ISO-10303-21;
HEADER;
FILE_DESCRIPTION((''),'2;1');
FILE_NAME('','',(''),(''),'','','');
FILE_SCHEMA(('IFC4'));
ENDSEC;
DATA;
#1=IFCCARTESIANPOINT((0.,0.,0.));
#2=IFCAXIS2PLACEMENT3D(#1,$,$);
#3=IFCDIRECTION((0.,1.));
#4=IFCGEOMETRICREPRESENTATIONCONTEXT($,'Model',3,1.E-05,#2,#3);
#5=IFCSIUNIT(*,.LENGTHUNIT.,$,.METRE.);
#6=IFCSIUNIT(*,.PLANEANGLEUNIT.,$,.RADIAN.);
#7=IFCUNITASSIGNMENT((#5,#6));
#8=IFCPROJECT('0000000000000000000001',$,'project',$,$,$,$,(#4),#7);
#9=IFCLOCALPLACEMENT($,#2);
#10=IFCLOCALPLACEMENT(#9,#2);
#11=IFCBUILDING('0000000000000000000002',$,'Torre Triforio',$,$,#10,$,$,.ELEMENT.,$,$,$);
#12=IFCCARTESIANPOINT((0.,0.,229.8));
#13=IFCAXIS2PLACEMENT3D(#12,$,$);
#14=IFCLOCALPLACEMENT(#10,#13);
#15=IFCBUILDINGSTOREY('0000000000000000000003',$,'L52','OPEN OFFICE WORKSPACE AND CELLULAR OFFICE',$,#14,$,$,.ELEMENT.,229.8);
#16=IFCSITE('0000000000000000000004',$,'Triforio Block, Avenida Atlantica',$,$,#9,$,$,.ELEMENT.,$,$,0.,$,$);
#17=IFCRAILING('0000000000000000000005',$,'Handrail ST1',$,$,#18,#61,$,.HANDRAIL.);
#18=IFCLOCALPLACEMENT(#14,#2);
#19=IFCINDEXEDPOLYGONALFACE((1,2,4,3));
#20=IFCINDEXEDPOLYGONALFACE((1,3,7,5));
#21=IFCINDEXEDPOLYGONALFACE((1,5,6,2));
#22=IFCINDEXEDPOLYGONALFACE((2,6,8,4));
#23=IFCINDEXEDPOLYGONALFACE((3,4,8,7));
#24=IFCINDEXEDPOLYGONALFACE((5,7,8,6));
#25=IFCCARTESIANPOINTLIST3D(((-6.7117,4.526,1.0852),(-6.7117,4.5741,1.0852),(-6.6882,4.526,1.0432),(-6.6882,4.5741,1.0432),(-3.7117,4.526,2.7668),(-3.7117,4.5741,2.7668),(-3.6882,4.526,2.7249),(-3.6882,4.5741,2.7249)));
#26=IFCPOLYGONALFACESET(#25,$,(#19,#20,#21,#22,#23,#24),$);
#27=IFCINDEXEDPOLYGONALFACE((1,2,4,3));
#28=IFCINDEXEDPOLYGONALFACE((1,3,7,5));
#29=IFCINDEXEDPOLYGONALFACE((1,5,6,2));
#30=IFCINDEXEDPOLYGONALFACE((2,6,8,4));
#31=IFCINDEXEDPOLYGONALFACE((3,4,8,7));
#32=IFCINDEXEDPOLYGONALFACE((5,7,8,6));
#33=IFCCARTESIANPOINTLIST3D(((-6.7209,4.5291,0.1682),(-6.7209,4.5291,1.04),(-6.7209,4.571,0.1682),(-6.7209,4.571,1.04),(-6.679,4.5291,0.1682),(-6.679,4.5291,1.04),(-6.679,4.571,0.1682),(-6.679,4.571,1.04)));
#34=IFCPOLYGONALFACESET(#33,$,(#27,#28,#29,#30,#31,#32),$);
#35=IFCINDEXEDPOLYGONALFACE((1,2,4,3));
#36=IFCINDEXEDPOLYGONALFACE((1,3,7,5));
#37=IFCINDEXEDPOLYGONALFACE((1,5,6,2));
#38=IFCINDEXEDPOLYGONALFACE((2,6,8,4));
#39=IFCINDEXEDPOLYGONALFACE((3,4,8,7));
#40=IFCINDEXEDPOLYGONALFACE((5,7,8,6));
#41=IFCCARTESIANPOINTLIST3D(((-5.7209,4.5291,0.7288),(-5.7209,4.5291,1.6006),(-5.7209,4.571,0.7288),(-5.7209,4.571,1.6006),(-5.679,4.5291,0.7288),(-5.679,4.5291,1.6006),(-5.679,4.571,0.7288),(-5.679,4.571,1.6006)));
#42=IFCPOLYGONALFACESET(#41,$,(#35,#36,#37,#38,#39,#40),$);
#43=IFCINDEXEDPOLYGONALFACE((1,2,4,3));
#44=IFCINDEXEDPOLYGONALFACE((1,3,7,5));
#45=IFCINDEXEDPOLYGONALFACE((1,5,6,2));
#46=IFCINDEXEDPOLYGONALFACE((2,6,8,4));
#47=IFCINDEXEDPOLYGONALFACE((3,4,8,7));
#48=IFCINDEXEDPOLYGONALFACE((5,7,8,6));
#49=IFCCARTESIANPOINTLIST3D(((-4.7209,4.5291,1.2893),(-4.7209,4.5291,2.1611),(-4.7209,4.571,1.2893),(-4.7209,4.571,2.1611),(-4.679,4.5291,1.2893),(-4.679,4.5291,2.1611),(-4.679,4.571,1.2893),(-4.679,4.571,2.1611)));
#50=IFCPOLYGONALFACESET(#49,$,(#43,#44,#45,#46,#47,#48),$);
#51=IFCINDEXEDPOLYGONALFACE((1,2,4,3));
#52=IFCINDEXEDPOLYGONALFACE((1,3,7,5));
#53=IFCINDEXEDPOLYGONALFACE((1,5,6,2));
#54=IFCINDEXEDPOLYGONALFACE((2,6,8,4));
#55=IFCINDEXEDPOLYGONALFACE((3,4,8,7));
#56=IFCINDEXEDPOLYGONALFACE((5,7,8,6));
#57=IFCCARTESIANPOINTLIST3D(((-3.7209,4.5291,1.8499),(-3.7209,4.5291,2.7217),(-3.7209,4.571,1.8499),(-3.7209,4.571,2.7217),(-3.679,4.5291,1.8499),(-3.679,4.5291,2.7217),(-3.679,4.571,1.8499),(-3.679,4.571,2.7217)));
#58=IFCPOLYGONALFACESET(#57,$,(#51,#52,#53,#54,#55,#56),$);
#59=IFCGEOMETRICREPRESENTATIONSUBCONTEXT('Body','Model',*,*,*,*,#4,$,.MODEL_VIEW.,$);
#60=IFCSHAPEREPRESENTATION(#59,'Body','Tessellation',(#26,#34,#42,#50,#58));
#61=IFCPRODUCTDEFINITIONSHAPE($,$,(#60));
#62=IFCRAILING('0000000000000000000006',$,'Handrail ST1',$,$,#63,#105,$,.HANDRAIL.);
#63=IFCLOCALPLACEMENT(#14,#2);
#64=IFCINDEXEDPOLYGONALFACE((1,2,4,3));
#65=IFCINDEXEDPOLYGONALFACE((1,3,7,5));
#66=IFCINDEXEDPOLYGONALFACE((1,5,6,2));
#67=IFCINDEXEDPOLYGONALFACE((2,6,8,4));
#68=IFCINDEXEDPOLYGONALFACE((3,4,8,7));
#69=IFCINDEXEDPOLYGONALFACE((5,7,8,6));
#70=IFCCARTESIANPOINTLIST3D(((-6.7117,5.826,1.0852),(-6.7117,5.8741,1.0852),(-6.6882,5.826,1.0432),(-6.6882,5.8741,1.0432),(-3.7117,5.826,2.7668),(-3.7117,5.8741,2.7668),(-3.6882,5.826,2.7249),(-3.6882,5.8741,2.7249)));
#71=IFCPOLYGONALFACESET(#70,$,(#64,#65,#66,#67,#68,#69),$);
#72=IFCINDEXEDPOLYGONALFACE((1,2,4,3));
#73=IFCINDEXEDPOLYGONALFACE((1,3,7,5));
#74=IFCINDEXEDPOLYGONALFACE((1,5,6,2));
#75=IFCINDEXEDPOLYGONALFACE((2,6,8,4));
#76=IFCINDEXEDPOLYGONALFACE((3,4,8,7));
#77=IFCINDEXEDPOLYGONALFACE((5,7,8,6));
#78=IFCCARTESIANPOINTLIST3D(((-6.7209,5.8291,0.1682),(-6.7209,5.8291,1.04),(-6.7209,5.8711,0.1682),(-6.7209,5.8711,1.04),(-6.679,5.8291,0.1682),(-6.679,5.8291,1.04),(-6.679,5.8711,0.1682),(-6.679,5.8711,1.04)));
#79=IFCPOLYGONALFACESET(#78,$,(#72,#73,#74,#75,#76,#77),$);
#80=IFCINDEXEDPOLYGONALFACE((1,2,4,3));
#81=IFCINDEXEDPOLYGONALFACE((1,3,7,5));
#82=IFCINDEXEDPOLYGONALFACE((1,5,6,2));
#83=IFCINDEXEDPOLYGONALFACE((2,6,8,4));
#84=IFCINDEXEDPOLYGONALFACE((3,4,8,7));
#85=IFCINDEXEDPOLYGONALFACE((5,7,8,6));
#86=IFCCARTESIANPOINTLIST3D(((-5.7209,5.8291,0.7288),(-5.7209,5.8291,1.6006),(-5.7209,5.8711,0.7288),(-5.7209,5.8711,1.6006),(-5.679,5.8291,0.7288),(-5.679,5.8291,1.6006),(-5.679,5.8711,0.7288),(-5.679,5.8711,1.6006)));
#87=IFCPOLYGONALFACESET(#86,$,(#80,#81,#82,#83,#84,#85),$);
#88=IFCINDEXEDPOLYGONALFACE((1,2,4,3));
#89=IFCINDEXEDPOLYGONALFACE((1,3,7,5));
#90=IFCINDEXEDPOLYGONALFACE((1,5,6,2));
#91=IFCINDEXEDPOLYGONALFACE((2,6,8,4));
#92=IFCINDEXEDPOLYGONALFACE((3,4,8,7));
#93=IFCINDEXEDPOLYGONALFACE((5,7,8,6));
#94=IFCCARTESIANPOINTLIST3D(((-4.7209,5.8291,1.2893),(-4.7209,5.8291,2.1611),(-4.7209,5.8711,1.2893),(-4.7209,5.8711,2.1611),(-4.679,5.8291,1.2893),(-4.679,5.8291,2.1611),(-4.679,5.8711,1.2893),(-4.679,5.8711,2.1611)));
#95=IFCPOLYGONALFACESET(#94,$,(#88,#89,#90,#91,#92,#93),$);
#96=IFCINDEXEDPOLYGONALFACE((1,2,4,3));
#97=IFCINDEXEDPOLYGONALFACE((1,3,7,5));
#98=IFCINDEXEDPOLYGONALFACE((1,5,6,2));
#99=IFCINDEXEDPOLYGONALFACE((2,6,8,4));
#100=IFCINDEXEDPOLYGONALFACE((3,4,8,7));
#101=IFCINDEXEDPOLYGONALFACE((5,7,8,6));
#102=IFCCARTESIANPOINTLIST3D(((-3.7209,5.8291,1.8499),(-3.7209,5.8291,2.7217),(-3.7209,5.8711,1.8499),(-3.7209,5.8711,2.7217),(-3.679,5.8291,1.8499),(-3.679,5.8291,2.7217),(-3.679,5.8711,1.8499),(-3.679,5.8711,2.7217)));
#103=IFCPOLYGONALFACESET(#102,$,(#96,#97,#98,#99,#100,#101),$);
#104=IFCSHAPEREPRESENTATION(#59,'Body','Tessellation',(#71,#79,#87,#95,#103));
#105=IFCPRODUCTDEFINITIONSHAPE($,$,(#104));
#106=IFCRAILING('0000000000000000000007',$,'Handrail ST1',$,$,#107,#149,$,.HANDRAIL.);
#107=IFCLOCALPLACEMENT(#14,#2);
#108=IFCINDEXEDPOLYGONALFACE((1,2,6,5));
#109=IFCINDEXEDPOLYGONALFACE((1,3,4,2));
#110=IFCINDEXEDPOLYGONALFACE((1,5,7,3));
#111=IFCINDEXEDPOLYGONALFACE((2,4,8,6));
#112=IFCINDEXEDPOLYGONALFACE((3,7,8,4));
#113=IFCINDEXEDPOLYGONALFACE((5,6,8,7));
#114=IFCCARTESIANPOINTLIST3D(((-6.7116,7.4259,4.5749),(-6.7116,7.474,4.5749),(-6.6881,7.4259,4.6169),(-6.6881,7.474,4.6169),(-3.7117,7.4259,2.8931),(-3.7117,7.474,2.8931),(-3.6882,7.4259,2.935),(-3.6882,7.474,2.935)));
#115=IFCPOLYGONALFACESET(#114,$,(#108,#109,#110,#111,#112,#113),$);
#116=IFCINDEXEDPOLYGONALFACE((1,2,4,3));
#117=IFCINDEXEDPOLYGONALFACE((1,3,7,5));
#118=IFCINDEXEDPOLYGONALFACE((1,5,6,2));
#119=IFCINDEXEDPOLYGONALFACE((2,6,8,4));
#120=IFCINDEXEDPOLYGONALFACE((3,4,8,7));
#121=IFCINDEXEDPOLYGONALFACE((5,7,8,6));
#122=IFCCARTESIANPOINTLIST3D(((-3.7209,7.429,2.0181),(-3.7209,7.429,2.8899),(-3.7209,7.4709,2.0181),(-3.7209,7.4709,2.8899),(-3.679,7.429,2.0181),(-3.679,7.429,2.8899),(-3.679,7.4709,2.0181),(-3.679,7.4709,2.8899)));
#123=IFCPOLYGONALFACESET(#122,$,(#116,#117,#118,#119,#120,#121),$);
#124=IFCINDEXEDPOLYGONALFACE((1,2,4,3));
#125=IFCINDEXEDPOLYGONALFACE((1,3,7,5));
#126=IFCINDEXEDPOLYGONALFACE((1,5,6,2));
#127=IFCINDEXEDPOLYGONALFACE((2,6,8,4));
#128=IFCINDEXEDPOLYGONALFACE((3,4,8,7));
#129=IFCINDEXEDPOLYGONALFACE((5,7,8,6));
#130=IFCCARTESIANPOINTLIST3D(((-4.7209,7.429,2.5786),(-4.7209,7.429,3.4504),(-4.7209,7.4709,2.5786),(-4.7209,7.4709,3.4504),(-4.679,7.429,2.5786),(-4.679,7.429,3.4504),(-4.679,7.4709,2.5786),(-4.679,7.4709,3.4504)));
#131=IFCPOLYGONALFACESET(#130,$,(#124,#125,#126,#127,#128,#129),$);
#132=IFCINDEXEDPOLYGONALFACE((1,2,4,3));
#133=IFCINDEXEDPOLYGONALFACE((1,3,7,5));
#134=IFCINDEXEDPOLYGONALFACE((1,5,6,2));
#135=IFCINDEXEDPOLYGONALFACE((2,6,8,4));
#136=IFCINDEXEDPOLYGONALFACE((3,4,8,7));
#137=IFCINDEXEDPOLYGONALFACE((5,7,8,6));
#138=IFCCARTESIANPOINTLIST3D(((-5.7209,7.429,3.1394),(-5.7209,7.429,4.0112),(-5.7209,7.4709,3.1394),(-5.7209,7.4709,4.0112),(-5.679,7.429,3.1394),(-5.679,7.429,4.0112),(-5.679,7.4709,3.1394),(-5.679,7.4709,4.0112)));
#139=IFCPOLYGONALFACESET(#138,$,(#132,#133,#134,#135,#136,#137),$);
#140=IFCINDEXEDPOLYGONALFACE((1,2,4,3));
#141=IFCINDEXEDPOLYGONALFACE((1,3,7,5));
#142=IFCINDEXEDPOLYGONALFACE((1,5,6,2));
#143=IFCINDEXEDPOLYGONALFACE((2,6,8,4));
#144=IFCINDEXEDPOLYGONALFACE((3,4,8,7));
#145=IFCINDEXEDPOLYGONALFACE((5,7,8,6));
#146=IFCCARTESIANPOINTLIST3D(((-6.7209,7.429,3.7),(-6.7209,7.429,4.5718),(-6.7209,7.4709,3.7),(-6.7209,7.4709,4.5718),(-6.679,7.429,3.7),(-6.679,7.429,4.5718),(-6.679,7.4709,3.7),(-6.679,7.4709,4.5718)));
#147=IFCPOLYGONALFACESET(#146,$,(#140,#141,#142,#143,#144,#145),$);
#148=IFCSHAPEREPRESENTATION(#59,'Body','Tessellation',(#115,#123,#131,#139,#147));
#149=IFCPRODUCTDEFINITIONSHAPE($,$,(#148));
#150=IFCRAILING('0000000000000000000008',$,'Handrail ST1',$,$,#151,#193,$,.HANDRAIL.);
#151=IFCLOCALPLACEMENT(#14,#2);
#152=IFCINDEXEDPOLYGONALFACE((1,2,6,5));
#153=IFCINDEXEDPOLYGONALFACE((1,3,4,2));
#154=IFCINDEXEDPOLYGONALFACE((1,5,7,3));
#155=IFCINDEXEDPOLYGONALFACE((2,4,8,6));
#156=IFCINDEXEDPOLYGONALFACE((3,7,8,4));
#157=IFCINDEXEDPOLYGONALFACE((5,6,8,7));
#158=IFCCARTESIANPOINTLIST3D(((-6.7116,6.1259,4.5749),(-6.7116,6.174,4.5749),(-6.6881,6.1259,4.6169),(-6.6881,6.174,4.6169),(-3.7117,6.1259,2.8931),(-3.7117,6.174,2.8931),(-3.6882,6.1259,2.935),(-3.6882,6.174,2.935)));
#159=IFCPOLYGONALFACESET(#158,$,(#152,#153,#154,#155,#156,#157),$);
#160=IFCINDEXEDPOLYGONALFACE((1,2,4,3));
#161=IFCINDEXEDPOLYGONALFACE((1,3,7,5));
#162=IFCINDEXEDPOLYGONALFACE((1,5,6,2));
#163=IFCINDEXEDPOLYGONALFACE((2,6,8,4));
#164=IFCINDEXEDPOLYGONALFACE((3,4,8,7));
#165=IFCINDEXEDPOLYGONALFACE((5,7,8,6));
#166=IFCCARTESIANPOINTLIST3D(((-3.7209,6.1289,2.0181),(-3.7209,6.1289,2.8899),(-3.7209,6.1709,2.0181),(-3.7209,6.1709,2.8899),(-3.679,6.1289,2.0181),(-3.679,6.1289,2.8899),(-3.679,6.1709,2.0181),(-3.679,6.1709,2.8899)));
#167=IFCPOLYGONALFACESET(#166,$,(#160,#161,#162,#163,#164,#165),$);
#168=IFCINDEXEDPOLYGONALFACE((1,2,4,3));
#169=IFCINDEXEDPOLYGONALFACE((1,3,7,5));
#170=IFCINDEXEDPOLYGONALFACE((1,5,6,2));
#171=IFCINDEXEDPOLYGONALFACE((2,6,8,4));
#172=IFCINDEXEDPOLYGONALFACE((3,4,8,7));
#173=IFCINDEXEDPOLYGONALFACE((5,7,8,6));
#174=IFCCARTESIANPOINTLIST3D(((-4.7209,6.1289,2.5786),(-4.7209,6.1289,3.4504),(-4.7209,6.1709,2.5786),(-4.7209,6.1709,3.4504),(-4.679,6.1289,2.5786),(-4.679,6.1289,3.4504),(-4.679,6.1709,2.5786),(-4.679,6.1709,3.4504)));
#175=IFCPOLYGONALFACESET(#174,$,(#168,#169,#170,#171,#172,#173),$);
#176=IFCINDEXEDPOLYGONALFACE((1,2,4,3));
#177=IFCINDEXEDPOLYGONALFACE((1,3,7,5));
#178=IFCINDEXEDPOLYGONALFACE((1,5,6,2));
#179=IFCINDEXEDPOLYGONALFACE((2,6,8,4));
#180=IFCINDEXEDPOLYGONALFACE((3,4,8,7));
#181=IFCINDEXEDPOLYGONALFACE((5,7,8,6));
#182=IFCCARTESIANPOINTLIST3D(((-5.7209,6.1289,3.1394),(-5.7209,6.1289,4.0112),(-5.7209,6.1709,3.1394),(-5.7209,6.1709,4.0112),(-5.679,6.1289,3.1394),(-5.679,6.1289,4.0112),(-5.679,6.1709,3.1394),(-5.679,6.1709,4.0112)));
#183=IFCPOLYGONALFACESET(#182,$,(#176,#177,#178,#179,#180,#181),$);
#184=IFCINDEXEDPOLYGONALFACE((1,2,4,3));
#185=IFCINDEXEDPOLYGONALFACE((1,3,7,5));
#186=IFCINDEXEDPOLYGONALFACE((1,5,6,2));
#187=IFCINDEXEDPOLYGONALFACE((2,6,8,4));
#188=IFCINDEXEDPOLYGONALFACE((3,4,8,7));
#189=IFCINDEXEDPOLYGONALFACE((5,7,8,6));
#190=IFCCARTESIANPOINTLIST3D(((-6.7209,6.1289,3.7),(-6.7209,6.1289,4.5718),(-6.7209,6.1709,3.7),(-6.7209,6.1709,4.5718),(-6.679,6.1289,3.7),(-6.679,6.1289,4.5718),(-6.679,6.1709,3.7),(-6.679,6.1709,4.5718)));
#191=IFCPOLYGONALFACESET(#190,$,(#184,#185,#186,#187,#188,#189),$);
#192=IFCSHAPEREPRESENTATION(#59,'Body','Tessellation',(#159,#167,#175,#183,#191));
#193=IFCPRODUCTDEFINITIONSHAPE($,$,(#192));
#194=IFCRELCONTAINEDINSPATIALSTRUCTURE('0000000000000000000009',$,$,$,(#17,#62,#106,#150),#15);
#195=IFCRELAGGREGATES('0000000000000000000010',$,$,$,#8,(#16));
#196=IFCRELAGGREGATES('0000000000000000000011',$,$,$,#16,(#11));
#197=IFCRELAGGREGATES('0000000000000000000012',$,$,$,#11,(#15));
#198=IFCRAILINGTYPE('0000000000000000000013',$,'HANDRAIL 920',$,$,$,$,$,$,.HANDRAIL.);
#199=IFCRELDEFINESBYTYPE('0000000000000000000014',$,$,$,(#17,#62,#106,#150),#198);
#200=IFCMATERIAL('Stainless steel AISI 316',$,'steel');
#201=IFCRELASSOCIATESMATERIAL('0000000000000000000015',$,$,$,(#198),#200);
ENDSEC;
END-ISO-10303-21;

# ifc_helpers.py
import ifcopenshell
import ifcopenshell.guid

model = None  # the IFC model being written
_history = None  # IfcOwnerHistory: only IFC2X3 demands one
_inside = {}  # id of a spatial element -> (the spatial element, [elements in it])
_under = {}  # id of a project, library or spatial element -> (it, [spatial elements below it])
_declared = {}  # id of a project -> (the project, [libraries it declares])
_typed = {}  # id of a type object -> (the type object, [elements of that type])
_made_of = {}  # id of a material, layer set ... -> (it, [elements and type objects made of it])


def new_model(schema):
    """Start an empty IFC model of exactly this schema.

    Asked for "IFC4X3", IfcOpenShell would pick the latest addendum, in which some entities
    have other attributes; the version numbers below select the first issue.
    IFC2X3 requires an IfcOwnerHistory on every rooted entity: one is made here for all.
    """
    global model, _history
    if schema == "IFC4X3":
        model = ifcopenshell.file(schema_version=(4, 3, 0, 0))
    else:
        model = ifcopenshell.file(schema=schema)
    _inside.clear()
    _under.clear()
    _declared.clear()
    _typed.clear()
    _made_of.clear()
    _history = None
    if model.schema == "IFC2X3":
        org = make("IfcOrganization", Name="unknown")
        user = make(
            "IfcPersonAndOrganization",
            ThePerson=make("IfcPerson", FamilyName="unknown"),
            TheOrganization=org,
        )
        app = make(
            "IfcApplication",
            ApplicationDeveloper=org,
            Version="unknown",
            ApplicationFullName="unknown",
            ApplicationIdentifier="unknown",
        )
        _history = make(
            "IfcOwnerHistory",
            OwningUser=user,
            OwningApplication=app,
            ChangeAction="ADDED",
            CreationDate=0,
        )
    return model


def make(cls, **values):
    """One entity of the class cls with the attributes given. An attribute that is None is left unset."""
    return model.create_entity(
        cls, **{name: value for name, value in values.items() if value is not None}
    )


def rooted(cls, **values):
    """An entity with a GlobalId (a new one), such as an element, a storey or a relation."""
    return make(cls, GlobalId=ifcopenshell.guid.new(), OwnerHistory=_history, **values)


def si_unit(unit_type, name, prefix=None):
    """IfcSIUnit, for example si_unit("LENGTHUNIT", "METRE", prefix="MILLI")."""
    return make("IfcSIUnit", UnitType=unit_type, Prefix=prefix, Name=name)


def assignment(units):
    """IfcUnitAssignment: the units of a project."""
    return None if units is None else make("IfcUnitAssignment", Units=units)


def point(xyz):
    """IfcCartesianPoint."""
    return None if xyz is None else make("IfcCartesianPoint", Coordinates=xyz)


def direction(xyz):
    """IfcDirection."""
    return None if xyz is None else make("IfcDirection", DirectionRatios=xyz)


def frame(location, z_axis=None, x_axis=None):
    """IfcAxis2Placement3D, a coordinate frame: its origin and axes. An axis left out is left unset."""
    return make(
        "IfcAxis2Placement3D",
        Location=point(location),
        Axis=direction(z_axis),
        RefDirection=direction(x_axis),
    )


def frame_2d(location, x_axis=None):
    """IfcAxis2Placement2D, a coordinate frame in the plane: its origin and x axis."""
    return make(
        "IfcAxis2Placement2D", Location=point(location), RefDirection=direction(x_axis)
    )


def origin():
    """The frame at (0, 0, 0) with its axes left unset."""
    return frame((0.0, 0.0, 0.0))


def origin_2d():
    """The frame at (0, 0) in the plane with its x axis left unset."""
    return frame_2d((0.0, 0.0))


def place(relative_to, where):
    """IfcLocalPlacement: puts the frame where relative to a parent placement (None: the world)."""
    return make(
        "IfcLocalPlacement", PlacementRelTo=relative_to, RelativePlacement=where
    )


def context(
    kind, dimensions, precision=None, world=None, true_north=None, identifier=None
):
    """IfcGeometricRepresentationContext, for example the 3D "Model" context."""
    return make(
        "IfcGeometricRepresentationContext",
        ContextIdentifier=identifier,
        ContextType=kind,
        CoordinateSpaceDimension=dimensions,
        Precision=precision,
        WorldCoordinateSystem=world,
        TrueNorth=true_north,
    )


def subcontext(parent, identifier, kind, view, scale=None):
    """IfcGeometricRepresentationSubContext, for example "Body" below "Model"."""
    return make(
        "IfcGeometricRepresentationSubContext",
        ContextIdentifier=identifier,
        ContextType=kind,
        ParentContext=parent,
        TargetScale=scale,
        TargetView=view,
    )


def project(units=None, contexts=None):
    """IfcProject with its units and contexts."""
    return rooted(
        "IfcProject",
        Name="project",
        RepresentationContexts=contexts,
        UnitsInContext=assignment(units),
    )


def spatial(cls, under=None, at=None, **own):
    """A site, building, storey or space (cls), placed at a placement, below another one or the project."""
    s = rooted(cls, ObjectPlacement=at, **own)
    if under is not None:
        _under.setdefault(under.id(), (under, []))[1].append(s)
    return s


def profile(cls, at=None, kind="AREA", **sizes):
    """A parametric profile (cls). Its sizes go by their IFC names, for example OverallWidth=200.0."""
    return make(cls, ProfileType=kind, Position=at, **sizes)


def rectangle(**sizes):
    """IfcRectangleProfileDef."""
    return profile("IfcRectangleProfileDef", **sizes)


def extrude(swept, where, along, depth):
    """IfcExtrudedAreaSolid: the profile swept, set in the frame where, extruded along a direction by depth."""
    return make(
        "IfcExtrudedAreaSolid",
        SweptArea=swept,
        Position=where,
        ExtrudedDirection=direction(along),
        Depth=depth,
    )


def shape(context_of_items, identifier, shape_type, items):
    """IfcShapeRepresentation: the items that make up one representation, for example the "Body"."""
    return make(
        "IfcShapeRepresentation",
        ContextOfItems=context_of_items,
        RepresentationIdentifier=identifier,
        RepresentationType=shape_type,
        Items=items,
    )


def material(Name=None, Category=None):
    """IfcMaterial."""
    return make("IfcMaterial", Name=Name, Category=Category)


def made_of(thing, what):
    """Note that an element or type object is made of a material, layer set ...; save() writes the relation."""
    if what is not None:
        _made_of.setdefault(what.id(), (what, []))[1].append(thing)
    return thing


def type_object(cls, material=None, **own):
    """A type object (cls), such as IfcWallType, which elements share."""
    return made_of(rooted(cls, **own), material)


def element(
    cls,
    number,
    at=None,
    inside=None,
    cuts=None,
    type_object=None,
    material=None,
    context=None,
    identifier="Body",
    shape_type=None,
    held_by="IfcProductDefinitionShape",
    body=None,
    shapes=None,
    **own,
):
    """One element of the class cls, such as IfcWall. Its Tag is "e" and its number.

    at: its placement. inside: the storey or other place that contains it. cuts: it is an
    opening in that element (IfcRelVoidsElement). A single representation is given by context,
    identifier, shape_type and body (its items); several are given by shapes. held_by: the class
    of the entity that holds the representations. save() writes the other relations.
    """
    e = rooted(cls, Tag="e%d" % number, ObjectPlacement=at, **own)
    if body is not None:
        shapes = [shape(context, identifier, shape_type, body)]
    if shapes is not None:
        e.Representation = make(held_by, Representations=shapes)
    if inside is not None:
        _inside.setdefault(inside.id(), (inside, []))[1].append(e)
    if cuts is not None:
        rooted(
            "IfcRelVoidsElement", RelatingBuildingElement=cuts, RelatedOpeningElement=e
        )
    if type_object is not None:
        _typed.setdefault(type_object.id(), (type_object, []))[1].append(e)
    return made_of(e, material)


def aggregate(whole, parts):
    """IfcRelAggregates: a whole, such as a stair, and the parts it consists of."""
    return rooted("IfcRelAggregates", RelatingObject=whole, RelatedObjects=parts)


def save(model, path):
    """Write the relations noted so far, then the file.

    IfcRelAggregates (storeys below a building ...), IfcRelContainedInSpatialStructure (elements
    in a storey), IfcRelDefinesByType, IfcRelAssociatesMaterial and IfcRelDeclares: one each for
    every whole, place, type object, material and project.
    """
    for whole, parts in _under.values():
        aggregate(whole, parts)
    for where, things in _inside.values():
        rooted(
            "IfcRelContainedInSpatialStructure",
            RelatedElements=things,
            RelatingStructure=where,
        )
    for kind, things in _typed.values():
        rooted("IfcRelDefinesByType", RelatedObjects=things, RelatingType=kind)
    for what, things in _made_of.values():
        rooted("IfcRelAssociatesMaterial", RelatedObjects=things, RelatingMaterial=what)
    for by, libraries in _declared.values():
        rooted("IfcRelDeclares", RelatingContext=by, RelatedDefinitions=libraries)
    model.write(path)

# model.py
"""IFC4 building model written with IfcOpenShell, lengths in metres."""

from ifc_helpers import new_model, si_unit, direction, frame, origin, origin_2d, place, context, subcontext, project, spatial, rectangle, extrude, material, type_object, element, save


model = new_model("IFC4")

# Units and contexts
model_context = context("Model", 3, precision=1e-05, world=origin(), true_north=direction((0.0, 1.0)))
body_context = subcontext(model_context, "Body", "Model", "MODEL_VIEW")
ifc_project = project(units=[si_unit("LENGTHUNIT", "METRE"), si_unit("PLANEANGLEUNIT", "RADIAN")], contexts=[model_context])

# Site, building, storey
site_placement = place(None, origin())
site = spatial("IfcSite", under=ifc_project, at=site_placement, Name="Triforio Block, Avenida Atlantica", CompositionType="ELEMENT", RefElevation=0.0)
building_placement = place(site_placement, origin())
building = spatial("IfcBuilding", under=site, at=building_placement, Name="Torre Triforio", CompositionType="ELEMENT")
storey_placement = place(building_placement, frame((0.0, 0.0, 229.8)))
storey = spatial("IfcBuildingStorey", under=building, at=storey_placement, Name="L52", Description="OPEN OFFICE WORKSPACE AND CELLULAR OFFICE", CompositionType="ELEMENT", Elevation=229.8)

# Railings
ifc_material_1 = material(Name="Stainless steel AISI 316", Category="steel")
railing_type = type_object("IfcRailingType", Name="HANDRAIL 920", PredefinedType="HANDRAIL", material=ifc_material_1)
for number, where, name in (
    (1, (-6.7, 4.55, 0.1682), "Handrail ST1"),
    (2, (-6.7, 5.8501, 0.1682), "Handrail ST1"),
):
    element("IfcRailing", number, at=place(storey_placement, frame(where)), inside=storey, type_object=railing_type, Name=name, PredefinedType="HANDRAIL", context=body_context, shape_type="SweptSolid", body=[
        extrude(rectangle(XDim=0.0481, YDim=0.0481, at=origin_2d()), frame((0.0, 0.0, 0.896), z_axis=(0.872303, 0.0, 0.488966), x_axis=(0.0, 1.0, 0.0)), (0.0, 0.0, 1.0), 3.4392),
        extrude(rectangle(XDim=0.042, YDim=0.042, at=origin_2d()), origin(), (0.0, 0.0, 1.0), 0.8718),
        extrude(rectangle(XDim=0.042, YDim=0.042, at=origin_2d()), frame((1.0, 0.0, 0.5605)), (0.0, 0.0, 1.0), 0.8718),
        extrude(rectangle(XDim=0.042, YDim=0.042, at=origin_2d()), frame((2.0, 0.0, 1.1211)), (0.0, 0.0, 1.0), 0.8718),
        extrude(rectangle(XDim=0.042, YDim=0.042, at=origin_2d()), frame((3.0, 0.0, 1.6816)), (0.0, 0.0, 1.0), 0.8718),
    ])
for number, where, name in (
    (3, (-3.7, 7.45, 2.0181), "Handrail ST1"),
    (4, (-3.7, 6.1499, 2.0181), "Handrail ST1"),
):
    element("IfcRailing", number, at=place(storey_placement, frame(where)), inside=storey, type_object=railing_type, Name=name, PredefinedType="HANDRAIL", context=body_context, shape_type="SweptSolid", body=[
        extrude(rectangle(XDim=0.0481, YDim=0.0481, at=origin_2d()), frame((0.0, 0.0, 0.896), z_axis=(-0.872272, 0.0, 0.48902), x_axis=(0.0, -1.0, 0.0)), (0.0, 0.0, 1.0), 3.4392),
        extrude(rectangle(XDim=0.042, YDim=0.042, at=origin_2d()), origin(), (0.0, 0.0, 1.0), 0.8718),
        extrude(rectangle(XDim=0.042, YDim=0.042, at=origin_2d()), frame((-1.0, 0.0, 0.5605)), (0.0, 0.0, 1.0), 0.8718),
        extrude(rectangle(XDim=0.042, YDim=0.042, at=origin_2d()), frame((-2.0, 0.0, 1.1213)), (0.0, 0.0, 1.0), 0.8718),
        extrude(rectangle(XDim=0.042, YDim=0.042, at=origin_2d()), frame((-3.0, 0.0, 1.6819)), (0.0, 0.0, 1.0), 0.8718),
    ])

save(model, "model.ifc")
